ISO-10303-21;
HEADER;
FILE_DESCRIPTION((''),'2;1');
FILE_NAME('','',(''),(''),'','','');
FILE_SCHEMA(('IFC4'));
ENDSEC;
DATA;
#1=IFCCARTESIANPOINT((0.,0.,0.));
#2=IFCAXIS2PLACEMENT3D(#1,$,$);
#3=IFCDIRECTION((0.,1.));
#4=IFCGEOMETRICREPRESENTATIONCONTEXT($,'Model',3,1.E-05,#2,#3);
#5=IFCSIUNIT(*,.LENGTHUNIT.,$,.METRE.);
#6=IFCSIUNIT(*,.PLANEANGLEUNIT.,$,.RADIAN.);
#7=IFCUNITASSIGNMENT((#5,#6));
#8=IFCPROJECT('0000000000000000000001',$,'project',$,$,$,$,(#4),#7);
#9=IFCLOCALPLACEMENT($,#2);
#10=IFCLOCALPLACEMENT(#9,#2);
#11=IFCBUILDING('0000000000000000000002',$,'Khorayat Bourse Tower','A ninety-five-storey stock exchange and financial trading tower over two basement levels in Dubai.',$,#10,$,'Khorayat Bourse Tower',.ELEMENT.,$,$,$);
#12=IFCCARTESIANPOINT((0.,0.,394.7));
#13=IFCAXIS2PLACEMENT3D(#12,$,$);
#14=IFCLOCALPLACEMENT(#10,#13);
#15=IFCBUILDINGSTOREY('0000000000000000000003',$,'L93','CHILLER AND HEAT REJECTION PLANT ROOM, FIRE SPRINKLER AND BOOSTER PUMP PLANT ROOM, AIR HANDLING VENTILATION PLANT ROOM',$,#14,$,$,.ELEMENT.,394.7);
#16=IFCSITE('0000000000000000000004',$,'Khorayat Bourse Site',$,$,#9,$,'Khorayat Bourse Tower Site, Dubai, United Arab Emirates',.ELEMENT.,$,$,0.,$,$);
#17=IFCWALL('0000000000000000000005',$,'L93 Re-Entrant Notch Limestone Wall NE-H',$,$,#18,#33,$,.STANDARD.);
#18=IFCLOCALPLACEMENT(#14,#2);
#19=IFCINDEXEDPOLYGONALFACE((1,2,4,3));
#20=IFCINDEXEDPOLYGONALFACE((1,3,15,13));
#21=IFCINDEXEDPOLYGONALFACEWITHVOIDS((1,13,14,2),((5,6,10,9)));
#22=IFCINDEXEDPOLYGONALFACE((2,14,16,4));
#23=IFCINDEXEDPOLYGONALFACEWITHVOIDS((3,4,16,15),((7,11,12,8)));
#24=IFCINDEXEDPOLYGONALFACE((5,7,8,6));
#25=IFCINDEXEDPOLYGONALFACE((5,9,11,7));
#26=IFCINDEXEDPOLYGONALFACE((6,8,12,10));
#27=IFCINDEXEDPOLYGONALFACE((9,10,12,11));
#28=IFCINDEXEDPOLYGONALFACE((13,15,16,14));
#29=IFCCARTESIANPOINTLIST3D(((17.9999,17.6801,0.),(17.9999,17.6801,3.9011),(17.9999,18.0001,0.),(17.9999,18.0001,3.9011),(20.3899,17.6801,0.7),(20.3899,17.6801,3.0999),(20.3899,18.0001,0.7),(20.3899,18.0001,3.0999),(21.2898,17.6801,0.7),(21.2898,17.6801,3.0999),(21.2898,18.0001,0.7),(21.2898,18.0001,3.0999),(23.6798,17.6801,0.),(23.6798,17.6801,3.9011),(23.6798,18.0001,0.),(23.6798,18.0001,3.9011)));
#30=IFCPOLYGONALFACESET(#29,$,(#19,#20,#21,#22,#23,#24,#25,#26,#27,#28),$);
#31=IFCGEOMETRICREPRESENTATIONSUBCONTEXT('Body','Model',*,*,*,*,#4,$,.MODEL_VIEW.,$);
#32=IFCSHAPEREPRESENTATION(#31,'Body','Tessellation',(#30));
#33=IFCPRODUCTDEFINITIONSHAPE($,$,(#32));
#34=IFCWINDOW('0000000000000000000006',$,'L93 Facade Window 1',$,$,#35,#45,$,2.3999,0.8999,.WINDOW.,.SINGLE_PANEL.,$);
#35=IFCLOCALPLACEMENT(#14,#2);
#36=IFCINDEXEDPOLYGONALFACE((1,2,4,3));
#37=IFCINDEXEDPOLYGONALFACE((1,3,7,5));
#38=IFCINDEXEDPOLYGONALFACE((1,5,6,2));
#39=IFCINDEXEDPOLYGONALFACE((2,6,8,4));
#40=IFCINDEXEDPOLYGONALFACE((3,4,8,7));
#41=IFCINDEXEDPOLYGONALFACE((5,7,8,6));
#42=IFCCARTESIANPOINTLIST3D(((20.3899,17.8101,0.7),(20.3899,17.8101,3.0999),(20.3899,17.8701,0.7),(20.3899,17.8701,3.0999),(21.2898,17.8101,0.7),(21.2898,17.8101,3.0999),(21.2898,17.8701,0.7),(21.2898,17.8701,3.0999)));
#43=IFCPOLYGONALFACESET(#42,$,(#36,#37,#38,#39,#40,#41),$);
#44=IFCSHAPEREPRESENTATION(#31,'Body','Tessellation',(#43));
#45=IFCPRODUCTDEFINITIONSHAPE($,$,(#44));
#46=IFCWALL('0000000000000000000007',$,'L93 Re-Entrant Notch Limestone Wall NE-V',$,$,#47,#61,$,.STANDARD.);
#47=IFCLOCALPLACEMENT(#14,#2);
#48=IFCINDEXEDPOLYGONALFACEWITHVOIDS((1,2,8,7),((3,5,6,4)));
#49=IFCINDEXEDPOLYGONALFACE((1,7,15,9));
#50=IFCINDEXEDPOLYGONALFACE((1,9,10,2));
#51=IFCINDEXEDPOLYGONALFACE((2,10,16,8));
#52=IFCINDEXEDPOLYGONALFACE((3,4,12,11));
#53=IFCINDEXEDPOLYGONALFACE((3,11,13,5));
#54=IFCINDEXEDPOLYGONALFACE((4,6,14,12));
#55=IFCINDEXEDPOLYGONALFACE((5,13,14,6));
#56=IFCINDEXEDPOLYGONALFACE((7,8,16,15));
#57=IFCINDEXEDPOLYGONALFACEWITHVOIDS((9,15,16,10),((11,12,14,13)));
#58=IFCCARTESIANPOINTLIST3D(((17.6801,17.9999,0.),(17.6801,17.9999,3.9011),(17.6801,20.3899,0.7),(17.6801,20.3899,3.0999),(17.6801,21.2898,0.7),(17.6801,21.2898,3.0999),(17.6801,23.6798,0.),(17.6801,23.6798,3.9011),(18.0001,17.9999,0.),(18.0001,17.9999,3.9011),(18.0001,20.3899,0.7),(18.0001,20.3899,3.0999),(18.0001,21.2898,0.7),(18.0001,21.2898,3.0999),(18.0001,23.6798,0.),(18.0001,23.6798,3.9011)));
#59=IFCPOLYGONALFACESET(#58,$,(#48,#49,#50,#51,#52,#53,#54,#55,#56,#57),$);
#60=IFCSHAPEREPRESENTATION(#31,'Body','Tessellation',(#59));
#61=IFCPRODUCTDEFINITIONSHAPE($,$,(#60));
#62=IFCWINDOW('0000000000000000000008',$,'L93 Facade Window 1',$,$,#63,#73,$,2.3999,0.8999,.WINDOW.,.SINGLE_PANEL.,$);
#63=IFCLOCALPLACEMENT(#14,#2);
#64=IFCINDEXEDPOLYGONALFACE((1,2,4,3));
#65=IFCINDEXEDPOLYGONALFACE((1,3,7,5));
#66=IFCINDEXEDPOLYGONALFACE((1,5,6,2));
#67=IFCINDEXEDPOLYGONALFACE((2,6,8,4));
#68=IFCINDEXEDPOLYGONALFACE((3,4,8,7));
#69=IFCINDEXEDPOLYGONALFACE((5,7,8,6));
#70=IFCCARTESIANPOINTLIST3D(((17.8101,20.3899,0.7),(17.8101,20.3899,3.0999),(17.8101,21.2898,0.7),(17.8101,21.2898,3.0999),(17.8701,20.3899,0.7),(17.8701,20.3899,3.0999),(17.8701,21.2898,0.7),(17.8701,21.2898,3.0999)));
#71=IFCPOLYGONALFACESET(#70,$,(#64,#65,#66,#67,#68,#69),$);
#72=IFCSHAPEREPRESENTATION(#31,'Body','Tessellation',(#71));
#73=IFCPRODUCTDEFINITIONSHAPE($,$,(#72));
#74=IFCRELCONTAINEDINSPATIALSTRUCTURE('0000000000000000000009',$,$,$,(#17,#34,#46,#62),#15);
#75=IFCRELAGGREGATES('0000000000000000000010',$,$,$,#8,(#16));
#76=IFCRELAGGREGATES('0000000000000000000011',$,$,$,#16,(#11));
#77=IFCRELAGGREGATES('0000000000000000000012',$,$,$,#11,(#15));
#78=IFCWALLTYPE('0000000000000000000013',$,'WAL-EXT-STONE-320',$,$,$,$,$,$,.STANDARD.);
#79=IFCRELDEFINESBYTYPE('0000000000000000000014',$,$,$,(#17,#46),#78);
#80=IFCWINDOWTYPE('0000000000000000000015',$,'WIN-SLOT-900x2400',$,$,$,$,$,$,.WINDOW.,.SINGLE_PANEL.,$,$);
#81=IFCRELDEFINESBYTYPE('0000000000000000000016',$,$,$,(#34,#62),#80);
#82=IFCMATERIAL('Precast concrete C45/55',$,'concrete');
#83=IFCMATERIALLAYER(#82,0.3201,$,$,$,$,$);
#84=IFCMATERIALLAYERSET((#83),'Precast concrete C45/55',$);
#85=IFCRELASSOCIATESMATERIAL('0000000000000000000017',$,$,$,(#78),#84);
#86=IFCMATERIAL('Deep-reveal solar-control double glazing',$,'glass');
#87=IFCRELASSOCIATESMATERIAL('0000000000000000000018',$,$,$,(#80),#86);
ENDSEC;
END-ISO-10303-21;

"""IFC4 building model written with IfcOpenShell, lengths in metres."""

from ifc_helpers import new_model, si_unit, direction, frame, frame_2d, origin, place, context, subcontext, project, spatial, rectangle, extrude, source, transform, mapped, material, layer, layer_set, type_object, element, fill, save


model = new_model("IFC4")

# Units and contexts
model_context = context("Model", 3, precision=1e-05, world=origin(), true_north=direction((0.0, 1.0)))
body_context = subcontext(model_context, "Body", "Model", "MODEL_VIEW")
ifc_project = project(units=[si_unit("LENGTHUNIT", "METRE"), si_unit("PLANEANGLEUNIT", "RADIAN")], contexts=[model_context])

# Site, building, storey
site_placement = place(None, origin())
site = spatial("IfcSite", under=ifc_project, at=site_placement, Name="Khorayat Bourse Site", LongName="Khorayat Bourse Tower Site, Dubai, United Arab Emirates", CompositionType="ELEMENT", RefElevation=0.0)
building_placement = place(site_placement, origin())
building = spatial("IfcBuilding", under=site, at=building_placement, Name="Khorayat Bourse Tower", Description="A ninety-five-storey stock exchange and financial trading tower over two basement levels in Dubai.", LongName="Khorayat Bourse Tower", CompositionType="ELEMENT")
storey_placement = place(building_placement, frame((0.0, 0.0, 394.7)))
storey = spatial("IfcBuildingStorey", under=building, at=storey_placement, Name="L93", Description="CHILLER AND HEAT REJECTION PLANT ROOM, FIRE SPRINKLER AND BOOSTER PUMP PLANT ROOM, AIR HANDLING VENTILATION PLANT ROOM", CompositionType="ELEMENT", Elevation=394.7)

# Walls, openings, windows
ifc_material_1 = material(Name="Precast concrete C45/55", Category="concrete")
ifc_layer_1 = layer(ifc_material_1, 0.3201)
ifc_layer_set_1 = layer_set([ifc_layer_1], Name="Precast concrete C45/55")
wall_type = type_object("IfcWallType", Name="WAL-EXT-STONE-320", PredefinedType="STANDARD", material=ifc_layer_set_1)
shared_shape_1 = source(origin(), body_context, "Body", "SweptSolid", [
    extrude(rectangle(XDim=5.6799, YDim=0.3201, at=frame_2d((2.8398, 0.0))), origin(), (0.0, 0.0, 1.0), 3.9011),
])
wall_1_placement = place(storey_placement, frame((18.0, 17.8401, 0.0), z_axis=(0.0, 0.0, 1.0), x_axis=(1.0, 0.0, 0.0)))
wall_1 = element("IfcWall", 1, at=wall_1_placement, inside=storey, type_object=wall_type, Name="L93 Re-Entrant Notch Limestone Wall NE-H", PredefinedType="STANDARD", context=body_context, shape_type="MappedRepresentation", body=[
    mapped(shared_shape_1, transform((0.0, 0.0, 0.0), scale=1.0)),
])
shared_shape_2 = source(origin(), body_context, "Body", "SweptSolid", [
    extrude(rectangle(XDim=0.8999, YDim=2.3999, at=frame_2d((0.45, 1.2))), frame((0.0, 0.1699, 0.0), z_axis=(0.0, -1.0, 0.0), x_axis=(1.0, 0.0, 0.0)), (0.0, 0.0, 1.0), 0.3401),
])
opening_1_placement = place(wall_1_placement, frame((2.3899, 0.0, 0.7)))
opening_1 = element("IfcOpeningElement", 2, at=opening_1_placement, cuts=wall_1, PredefinedType="OPENING", context=body_context, shape_type="MappedRepresentation", body=[
    mapped(shared_shape_2, transform((0.0, 0.0, 0.0), scale=1.0)),
])
ifc_material_2 = material(Name="Deep-reveal solar-control double glazing", Category="glass")
window_type = type_object("IfcWindowType", Name="WIN-SLOT-900x2400", PartitioningType="SINGLE_PANEL", PredefinedType="WINDOW", material=ifc_material_2)
shared_shape_3 = source(origin(), body_context, "Body", "SweptSolid", [
    extrude(rectangle(XDim=0.8999, YDim=2.3999, at=frame_2d((0.45, 1.2))), frame((0.0, 0.03, 0.0), z_axis=(0.0, -1.0, 0.0), x_axis=(1.0, 0.0, 0.0)), (0.0, 0.0, 1.0), 0.0601),
])
window_1_placement = place(opening_1_placement, origin())
window_1 = element("IfcWindow", 3, at=window_1_placement, inside=storey, type_object=window_type, Name="L93 Facade Window 1", OverallHeight=2.3999, OverallWidth=0.8999, PartitioningType="SINGLE_PANEL", PredefinedType="WINDOW", context=body_context, shape_type="MappedRepresentation", body=[
    mapped(shared_shape_3, transform((0.0, 0.0, 0.0), scale=1.0)),
])
fill(opening_1, window_1)
wall_2_placement = place(storey_placement, frame((17.8401, 18.0, 0.0), z_axis=(0.0, 0.0, 1.0), x_axis=(0.0, 1.0, 0.0)))
wall_2 = element("IfcWall", 4, at=wall_2_placement, inside=storey, type_object=wall_type, Name="L93 Re-Entrant Notch Limestone Wall NE-V", PredefinedType="STANDARD", context=body_context, shape_type="MappedRepresentation", body=[
    mapped(shared_shape_1, transform((0.0, 0.0, 0.0), scale=1.0)),
])
opening_2_placement = place(wall_2_placement, frame((2.3899, 0.0, 0.7)))
opening_2 = element("IfcOpeningElement", 5, at=opening_2_placement, cuts=wall_2, PredefinedType="OPENING", context=body_context, shape_type="MappedRepresentation", body=[
    mapped(shared_shape_2, transform((0.0, 0.0, 0.0), scale=1.0)),
])
window_2_placement = place(opening_2_placement, origin())
window_2 = element("IfcWindow", 6, at=window_2_placement, inside=storey, type_object=window_type, Name="L93 Facade Window 1", OverallHeight=2.3999, OverallWidth=0.8999, PartitioningType="SINGLE_PANEL", PredefinedType="WINDOW", context=body_context, shape_type="MappedRepresentation", body=[
    mapped(shared_shape_3, transform((0.0, 0.0, 0.0), scale=1.0)),
])
fill(opening_2, window_2)

save(model, "model.ifc")
